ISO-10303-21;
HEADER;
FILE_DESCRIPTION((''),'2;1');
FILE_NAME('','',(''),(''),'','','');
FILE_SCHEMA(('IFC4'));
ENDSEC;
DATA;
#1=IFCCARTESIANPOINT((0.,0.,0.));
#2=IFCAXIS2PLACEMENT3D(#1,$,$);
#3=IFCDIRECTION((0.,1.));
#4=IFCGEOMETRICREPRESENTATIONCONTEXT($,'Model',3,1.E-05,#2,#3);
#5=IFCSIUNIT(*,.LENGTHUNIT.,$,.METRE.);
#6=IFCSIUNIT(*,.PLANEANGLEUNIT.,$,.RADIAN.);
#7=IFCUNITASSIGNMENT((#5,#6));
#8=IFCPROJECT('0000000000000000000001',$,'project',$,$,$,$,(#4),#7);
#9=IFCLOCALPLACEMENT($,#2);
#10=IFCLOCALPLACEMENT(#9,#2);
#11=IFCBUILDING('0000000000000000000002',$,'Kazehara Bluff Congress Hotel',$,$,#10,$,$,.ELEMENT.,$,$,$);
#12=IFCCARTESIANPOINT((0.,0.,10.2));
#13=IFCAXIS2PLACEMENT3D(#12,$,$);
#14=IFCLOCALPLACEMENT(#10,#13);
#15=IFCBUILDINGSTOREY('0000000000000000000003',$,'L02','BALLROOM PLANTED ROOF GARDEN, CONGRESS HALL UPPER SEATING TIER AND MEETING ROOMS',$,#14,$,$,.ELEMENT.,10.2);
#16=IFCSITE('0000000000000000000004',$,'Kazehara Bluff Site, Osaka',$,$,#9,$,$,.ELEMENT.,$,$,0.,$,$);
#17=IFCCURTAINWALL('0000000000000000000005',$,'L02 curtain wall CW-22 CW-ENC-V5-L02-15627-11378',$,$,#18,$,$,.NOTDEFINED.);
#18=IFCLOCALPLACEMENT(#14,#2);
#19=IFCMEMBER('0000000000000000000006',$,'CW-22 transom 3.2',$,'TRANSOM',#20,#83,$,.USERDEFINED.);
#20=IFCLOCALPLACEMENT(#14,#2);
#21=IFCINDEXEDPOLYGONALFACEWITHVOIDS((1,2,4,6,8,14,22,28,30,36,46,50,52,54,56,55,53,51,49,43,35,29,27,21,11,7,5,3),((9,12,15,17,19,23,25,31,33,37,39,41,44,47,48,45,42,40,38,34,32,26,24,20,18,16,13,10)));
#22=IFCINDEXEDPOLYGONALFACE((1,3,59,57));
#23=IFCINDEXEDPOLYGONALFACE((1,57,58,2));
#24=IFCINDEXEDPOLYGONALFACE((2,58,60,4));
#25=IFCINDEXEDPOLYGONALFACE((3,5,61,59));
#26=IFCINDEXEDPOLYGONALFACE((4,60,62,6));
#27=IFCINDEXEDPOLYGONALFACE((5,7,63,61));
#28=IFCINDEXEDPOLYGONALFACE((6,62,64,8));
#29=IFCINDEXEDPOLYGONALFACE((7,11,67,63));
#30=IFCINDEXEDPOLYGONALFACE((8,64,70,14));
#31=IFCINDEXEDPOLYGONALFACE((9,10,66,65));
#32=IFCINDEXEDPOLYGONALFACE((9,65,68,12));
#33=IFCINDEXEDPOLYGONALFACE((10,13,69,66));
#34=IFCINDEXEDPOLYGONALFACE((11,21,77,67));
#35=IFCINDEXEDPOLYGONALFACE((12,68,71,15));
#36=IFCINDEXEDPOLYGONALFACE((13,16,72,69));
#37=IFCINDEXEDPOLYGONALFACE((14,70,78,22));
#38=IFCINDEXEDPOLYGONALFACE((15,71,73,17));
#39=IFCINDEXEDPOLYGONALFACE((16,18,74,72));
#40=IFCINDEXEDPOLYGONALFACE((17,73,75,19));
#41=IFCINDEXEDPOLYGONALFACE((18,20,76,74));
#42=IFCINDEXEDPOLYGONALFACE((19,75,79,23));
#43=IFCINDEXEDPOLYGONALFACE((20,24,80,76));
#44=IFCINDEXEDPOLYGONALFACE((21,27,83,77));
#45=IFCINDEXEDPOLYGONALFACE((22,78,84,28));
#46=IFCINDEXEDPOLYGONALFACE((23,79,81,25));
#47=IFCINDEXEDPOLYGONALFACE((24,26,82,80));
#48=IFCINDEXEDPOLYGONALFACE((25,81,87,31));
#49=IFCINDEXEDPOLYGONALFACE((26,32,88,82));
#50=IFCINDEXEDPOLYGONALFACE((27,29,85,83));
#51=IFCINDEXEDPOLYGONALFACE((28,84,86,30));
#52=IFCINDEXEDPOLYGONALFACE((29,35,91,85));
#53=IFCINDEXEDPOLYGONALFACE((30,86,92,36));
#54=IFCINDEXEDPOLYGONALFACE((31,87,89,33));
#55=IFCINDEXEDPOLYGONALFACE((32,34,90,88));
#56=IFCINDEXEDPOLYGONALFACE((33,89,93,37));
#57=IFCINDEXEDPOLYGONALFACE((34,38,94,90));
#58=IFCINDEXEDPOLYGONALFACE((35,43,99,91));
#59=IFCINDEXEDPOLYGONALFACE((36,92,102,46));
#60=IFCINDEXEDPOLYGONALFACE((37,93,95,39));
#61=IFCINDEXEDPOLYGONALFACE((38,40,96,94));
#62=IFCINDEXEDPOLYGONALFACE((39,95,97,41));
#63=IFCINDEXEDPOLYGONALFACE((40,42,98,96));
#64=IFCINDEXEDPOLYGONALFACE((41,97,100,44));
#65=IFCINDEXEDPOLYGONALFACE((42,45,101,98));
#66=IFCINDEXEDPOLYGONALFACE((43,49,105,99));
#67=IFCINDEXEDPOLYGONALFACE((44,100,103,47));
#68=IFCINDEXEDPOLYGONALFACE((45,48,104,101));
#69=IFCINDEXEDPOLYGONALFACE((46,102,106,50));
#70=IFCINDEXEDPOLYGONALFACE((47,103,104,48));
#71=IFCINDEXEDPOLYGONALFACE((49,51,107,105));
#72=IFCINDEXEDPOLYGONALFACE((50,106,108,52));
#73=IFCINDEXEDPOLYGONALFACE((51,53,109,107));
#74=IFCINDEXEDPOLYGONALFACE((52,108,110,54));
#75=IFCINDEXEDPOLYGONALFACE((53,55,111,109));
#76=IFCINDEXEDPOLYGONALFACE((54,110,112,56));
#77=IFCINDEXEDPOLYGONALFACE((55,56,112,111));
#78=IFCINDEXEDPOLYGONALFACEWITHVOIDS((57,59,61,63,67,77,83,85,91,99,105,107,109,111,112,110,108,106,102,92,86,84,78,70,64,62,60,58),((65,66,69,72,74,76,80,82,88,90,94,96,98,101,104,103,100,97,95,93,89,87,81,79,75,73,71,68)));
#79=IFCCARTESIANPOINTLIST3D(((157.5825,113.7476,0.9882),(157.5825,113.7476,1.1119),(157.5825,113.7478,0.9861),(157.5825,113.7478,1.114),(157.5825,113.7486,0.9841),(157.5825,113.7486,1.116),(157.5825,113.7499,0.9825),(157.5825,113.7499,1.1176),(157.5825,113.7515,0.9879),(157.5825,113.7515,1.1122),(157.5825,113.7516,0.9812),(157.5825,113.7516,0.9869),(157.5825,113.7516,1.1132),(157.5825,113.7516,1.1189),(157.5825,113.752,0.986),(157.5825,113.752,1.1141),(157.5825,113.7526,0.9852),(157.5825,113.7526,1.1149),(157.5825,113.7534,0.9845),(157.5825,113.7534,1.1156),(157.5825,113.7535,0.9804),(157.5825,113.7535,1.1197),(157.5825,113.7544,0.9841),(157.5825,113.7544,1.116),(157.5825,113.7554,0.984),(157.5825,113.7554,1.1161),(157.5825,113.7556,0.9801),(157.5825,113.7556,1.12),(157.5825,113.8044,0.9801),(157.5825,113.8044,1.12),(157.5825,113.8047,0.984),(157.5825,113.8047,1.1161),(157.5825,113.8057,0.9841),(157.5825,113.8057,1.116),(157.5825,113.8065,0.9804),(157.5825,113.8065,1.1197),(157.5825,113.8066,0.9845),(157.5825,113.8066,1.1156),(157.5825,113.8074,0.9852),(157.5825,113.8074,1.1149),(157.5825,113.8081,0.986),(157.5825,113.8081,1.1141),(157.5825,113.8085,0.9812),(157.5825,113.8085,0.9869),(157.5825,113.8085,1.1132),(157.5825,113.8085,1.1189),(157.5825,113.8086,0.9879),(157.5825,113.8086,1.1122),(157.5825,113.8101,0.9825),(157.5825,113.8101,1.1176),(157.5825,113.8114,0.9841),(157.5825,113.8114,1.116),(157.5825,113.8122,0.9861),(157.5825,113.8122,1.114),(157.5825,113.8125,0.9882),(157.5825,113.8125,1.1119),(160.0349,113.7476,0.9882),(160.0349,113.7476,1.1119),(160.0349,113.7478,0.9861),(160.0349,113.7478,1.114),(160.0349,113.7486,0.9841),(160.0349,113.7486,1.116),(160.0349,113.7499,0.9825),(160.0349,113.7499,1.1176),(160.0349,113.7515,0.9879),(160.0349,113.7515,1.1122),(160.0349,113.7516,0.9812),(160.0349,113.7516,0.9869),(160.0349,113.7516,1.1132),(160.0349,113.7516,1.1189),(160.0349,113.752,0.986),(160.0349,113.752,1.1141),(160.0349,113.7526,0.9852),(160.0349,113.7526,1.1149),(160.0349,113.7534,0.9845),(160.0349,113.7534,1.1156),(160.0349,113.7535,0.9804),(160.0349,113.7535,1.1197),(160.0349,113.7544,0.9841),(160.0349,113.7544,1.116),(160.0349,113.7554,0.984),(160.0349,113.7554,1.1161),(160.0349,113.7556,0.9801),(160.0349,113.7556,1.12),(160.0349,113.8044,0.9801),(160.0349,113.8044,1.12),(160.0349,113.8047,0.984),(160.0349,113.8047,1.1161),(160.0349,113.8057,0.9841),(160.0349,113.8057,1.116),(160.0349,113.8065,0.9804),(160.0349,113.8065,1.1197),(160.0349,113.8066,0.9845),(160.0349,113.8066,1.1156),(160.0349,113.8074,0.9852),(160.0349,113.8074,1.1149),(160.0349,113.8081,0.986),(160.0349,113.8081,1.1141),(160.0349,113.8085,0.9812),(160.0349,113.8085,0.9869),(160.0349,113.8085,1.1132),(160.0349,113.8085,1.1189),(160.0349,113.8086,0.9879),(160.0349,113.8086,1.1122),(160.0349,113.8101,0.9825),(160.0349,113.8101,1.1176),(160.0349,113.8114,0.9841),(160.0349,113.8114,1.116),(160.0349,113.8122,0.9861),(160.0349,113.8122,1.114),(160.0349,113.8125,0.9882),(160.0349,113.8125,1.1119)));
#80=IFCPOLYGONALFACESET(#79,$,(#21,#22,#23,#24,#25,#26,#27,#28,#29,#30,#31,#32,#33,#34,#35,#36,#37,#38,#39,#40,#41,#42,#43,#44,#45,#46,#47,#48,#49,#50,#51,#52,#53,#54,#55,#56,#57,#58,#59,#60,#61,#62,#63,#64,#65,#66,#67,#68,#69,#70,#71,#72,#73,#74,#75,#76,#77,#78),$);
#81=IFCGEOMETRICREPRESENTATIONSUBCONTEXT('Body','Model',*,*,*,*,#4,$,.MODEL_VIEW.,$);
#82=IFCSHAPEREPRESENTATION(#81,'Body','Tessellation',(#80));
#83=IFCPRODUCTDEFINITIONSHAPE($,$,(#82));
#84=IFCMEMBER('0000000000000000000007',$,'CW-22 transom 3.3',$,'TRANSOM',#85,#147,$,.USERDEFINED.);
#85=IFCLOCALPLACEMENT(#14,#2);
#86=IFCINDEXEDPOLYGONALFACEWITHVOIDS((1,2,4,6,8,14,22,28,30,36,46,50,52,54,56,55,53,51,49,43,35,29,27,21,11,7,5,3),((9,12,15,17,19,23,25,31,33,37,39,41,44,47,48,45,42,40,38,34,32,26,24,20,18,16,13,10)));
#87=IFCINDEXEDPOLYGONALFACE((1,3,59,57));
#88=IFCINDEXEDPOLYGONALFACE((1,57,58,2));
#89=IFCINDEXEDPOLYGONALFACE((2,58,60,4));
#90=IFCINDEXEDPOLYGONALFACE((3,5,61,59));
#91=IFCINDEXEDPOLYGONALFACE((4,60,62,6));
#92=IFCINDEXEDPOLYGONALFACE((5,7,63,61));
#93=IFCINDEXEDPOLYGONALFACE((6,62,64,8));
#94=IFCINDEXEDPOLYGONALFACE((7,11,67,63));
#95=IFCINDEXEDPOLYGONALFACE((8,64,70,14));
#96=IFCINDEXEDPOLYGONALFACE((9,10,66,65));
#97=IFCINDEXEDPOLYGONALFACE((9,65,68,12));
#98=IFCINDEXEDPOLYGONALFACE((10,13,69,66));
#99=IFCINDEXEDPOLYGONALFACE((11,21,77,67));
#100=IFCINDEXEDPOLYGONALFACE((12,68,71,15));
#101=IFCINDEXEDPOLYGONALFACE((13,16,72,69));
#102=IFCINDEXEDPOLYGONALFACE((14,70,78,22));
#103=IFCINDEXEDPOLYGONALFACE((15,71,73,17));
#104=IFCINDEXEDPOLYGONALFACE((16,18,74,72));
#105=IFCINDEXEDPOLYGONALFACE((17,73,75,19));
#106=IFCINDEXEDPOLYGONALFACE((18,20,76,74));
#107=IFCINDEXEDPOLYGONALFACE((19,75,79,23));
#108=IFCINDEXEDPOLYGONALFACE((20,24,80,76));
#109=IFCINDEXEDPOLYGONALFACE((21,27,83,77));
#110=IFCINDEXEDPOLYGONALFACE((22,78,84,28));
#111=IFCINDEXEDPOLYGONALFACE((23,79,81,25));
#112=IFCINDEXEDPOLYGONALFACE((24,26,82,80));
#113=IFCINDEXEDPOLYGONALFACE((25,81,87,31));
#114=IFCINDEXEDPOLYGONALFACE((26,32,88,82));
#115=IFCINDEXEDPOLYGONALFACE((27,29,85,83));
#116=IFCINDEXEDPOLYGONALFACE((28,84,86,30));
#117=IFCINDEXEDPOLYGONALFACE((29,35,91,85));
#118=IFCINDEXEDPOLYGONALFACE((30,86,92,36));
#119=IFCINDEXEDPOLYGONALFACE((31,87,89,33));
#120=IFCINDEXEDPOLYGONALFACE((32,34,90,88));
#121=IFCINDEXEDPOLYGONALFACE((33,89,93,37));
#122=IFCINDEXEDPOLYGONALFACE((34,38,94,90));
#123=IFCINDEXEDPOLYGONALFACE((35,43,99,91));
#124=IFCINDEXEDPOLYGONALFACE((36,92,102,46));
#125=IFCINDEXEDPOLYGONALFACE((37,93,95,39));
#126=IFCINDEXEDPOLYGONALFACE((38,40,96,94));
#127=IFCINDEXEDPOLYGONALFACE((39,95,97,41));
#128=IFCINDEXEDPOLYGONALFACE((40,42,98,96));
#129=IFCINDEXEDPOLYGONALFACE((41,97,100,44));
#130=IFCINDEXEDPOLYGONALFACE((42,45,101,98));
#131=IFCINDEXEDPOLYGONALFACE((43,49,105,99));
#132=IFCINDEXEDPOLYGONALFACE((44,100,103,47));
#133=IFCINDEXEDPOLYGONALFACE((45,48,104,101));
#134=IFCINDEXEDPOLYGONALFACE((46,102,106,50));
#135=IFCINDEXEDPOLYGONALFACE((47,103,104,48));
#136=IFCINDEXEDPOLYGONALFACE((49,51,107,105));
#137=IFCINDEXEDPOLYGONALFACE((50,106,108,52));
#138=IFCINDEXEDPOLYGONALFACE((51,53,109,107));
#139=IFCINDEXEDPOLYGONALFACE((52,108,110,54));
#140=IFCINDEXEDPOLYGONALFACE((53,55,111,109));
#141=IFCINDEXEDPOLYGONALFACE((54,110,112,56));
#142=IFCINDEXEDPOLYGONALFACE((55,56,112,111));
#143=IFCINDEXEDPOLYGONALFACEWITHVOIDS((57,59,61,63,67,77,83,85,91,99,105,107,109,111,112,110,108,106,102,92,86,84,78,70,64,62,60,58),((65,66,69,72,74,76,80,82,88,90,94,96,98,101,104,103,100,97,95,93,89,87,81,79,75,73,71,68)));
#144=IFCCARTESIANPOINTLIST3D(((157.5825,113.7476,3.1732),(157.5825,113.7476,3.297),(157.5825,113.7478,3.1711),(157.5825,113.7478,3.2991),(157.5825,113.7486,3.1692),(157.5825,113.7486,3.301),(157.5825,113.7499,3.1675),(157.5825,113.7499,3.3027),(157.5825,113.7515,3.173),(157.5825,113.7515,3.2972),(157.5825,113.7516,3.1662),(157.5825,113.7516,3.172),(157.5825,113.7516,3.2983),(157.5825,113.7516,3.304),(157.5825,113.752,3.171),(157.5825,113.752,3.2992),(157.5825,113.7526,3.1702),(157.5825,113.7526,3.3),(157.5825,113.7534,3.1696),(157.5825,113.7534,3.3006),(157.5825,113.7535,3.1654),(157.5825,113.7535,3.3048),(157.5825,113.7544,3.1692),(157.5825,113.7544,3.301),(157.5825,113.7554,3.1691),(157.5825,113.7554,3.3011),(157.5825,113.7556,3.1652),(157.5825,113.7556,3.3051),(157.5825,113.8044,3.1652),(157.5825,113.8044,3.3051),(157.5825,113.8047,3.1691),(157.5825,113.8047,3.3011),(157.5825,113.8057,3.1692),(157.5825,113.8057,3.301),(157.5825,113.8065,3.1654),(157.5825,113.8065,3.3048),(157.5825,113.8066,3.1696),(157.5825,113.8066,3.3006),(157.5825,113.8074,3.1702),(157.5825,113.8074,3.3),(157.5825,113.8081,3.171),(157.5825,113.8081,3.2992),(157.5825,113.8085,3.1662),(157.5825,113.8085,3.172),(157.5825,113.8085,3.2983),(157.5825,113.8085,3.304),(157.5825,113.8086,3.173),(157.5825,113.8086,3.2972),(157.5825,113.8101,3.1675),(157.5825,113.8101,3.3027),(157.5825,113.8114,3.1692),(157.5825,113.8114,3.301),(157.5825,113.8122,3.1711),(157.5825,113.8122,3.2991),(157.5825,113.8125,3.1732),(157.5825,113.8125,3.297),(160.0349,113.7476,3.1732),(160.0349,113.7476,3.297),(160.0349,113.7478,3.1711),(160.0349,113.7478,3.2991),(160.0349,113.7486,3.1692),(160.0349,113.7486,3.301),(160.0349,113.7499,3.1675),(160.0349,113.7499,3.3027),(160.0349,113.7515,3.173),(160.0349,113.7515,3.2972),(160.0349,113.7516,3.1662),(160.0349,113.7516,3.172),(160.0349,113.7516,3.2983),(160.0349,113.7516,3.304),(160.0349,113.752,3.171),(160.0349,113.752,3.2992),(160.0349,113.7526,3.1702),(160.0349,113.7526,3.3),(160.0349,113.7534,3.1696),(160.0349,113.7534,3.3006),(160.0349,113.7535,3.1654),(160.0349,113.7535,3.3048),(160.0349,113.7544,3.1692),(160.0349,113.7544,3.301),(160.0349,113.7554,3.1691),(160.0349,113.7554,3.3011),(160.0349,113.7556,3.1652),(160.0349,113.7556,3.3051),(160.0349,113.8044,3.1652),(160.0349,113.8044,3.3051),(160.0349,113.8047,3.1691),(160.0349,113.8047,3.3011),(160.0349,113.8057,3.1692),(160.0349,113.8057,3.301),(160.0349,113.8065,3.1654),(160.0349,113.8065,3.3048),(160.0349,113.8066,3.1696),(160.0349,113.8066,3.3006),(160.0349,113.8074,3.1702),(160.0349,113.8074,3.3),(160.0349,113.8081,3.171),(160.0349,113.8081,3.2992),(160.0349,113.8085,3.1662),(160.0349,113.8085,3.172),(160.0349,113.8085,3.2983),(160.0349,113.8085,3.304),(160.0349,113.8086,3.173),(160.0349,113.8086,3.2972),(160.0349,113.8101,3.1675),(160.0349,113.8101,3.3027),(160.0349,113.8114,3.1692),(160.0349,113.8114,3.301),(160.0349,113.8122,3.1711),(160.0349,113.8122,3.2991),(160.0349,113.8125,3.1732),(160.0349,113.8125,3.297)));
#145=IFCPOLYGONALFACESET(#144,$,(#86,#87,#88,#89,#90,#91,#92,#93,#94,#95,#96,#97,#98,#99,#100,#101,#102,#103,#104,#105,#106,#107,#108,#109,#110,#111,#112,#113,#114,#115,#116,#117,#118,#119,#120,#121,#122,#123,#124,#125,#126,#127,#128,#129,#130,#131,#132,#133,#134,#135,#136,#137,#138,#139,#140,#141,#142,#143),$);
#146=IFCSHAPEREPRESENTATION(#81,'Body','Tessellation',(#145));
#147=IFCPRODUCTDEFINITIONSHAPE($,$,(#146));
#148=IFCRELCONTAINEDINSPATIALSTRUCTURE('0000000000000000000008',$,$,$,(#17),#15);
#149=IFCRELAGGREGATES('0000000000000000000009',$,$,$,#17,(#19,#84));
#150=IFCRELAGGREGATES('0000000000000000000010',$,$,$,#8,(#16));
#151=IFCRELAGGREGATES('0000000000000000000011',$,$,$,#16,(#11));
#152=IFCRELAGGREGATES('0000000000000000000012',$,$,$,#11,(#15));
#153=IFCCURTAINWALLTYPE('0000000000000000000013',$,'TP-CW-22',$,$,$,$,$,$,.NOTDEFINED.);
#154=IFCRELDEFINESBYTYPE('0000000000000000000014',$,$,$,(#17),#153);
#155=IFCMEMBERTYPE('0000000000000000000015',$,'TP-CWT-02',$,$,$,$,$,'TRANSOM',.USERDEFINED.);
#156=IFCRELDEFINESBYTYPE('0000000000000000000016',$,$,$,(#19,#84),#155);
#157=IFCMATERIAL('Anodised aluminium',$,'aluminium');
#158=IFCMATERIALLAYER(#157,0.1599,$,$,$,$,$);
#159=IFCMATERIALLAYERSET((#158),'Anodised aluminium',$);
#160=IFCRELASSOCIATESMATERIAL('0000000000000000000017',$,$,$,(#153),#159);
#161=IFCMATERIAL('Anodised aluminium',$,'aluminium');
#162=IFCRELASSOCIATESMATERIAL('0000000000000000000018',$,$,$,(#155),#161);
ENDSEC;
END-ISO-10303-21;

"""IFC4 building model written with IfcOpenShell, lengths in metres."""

from ifc_helpers import new_model, si_unit, direction, frame, origin, origin_2d, place, context, subcontext, project, spatial, hollow_rectangle, extrude, material, layer, layer_set, material_profile, profile_set, type_object, element, aggregate, save


model = new_model("IFC4")

# Units and contexts
model_context = context("Model", 3, precision=1e-05, world=origin(), true_north=direction((0.0, 1.0)))
body_context = subcontext(model_context, "Body", "Model", "MODEL_VIEW")
ifc_project = project(units=[si_unit("LENGTHUNIT", "METRE"), si_unit("PLANEANGLEUNIT", "RADIAN")], contexts=[model_context])

# Site, building, storey
site_placement = place(None, origin())
site = spatial("IfcSite", under=ifc_project, at=site_placement, Name="Kazehara Bluff Site, Osaka", CompositionType="ELEMENT", RefElevation=0.0)
building_placement = place(site_placement, origin())
building = spatial("IfcBuilding", under=site, at=building_placement, Name="Kazehara Bluff Congress Hotel", CompositionType="ELEMENT")
storey_placement = place(building_placement, frame((0.0, 0.0, 10.2)))
storey = spatial("IfcBuildingStorey", under=building, at=storey_placement, Name="L02", Description="BALLROOM PLANTED ROOF GARDEN, CONGRESS HALL UPPER SEATING TIER AND MEETING ROOMS", CompositionType="ELEMENT", Elevation=10.2)

# Curtain wall
ifc_material_1 = material(Name="Anodised aluminium", Category="aluminium")
ifc_layer_1 = layer(ifc_material_1, 0.1599)
ifc_layer_set_1 = layer_set([ifc_layer_1], Name="Anodised aluminium")
curtain_wall_type_1 = type_object("IfcCurtainWallType", Name="TP-CW-22", PredefinedType="NOTDEFINED", material=ifc_layer_set_1)
curtain_wall_1_placement = place(storey_placement, origin())
curtain_wall_1 = element("IfcCurtainWall", 1, at=curtain_wall_1_placement, inside=storey, type_object=curtain_wall_type_1, Name="L02 curtain wall CW-22 CW-ENC-V5-L02-15627-11378", PredefinedType="NOTDEFINED")

# Members
ifc_material_2 = material(Name="Anodised aluminium", Category="aluminium")
ifc_material_profile_1 = material_profile(ifc_material_2, hollow_rectangle(XDim=0.0649, YDim=0.1399, WallThickness=0.0039, InnerFilletRadius=0.0039, OuterFilletRadius=0.0081, at=origin_2d()))
ifc_profile_set_1 = profile_set([ifc_material_profile_1], Name="Anodised aluminium")
member_type_1 = type_object("IfcMemberType", Name="TP-CWT-02", ElementType="TRANSOM", PredefinedType="USERDEFINED", material=ifc_profile_set_1)
member_1_placement = place(storey_placement, frame((157.5825, 113.78, 1.05), z_axis=(1.0, 0.0, 0.0), x_axis=(0.0, 1.0, 0.0)))
member_1 = element("IfcMember", 2, at=member_1_placement, type_object=member_type_1, Name="CW-22 transom 3.2", ObjectType="TRANSOM", PredefinedType="USERDEFINED", context=body_context, shape_type="SweptSolid", body=[
    extrude(hollow_rectangle(XDim=0.0649, YDim=0.1399, WallThickness=0.0039, InnerFilletRadius=0.0039, OuterFilletRadius=0.0081, at=origin_2d()), origin(), (0.0, 0.0, 1.0), 2.4524),
])
member_2_placement = place(storey_placement, frame((157.5825, 113.78, 3.2351), z_axis=(1.0, 0.0, 0.0), x_axis=(0.0, 1.0, 0.0)))
member_2 = element("IfcMember", 3, at=member_2_placement, type_object=member_type_1, Name="CW-22 transom 3.3", ObjectType="TRANSOM", PredefinedType="USERDEFINED", context=body_context, shape_type="SweptSolid", body=[
    extrude(hollow_rectangle(XDim=0.0649, YDim=0.1399, WallThickness=0.0039, InnerFilletRadius=0.0039, OuterFilletRadius=0.0081, at=origin_2d()), origin(), (0.0, 0.0, 1.0), 2.4524),
])

aggregate(curtain_wall_1, [member_1, member_2])

save(model, "model.ifc")
